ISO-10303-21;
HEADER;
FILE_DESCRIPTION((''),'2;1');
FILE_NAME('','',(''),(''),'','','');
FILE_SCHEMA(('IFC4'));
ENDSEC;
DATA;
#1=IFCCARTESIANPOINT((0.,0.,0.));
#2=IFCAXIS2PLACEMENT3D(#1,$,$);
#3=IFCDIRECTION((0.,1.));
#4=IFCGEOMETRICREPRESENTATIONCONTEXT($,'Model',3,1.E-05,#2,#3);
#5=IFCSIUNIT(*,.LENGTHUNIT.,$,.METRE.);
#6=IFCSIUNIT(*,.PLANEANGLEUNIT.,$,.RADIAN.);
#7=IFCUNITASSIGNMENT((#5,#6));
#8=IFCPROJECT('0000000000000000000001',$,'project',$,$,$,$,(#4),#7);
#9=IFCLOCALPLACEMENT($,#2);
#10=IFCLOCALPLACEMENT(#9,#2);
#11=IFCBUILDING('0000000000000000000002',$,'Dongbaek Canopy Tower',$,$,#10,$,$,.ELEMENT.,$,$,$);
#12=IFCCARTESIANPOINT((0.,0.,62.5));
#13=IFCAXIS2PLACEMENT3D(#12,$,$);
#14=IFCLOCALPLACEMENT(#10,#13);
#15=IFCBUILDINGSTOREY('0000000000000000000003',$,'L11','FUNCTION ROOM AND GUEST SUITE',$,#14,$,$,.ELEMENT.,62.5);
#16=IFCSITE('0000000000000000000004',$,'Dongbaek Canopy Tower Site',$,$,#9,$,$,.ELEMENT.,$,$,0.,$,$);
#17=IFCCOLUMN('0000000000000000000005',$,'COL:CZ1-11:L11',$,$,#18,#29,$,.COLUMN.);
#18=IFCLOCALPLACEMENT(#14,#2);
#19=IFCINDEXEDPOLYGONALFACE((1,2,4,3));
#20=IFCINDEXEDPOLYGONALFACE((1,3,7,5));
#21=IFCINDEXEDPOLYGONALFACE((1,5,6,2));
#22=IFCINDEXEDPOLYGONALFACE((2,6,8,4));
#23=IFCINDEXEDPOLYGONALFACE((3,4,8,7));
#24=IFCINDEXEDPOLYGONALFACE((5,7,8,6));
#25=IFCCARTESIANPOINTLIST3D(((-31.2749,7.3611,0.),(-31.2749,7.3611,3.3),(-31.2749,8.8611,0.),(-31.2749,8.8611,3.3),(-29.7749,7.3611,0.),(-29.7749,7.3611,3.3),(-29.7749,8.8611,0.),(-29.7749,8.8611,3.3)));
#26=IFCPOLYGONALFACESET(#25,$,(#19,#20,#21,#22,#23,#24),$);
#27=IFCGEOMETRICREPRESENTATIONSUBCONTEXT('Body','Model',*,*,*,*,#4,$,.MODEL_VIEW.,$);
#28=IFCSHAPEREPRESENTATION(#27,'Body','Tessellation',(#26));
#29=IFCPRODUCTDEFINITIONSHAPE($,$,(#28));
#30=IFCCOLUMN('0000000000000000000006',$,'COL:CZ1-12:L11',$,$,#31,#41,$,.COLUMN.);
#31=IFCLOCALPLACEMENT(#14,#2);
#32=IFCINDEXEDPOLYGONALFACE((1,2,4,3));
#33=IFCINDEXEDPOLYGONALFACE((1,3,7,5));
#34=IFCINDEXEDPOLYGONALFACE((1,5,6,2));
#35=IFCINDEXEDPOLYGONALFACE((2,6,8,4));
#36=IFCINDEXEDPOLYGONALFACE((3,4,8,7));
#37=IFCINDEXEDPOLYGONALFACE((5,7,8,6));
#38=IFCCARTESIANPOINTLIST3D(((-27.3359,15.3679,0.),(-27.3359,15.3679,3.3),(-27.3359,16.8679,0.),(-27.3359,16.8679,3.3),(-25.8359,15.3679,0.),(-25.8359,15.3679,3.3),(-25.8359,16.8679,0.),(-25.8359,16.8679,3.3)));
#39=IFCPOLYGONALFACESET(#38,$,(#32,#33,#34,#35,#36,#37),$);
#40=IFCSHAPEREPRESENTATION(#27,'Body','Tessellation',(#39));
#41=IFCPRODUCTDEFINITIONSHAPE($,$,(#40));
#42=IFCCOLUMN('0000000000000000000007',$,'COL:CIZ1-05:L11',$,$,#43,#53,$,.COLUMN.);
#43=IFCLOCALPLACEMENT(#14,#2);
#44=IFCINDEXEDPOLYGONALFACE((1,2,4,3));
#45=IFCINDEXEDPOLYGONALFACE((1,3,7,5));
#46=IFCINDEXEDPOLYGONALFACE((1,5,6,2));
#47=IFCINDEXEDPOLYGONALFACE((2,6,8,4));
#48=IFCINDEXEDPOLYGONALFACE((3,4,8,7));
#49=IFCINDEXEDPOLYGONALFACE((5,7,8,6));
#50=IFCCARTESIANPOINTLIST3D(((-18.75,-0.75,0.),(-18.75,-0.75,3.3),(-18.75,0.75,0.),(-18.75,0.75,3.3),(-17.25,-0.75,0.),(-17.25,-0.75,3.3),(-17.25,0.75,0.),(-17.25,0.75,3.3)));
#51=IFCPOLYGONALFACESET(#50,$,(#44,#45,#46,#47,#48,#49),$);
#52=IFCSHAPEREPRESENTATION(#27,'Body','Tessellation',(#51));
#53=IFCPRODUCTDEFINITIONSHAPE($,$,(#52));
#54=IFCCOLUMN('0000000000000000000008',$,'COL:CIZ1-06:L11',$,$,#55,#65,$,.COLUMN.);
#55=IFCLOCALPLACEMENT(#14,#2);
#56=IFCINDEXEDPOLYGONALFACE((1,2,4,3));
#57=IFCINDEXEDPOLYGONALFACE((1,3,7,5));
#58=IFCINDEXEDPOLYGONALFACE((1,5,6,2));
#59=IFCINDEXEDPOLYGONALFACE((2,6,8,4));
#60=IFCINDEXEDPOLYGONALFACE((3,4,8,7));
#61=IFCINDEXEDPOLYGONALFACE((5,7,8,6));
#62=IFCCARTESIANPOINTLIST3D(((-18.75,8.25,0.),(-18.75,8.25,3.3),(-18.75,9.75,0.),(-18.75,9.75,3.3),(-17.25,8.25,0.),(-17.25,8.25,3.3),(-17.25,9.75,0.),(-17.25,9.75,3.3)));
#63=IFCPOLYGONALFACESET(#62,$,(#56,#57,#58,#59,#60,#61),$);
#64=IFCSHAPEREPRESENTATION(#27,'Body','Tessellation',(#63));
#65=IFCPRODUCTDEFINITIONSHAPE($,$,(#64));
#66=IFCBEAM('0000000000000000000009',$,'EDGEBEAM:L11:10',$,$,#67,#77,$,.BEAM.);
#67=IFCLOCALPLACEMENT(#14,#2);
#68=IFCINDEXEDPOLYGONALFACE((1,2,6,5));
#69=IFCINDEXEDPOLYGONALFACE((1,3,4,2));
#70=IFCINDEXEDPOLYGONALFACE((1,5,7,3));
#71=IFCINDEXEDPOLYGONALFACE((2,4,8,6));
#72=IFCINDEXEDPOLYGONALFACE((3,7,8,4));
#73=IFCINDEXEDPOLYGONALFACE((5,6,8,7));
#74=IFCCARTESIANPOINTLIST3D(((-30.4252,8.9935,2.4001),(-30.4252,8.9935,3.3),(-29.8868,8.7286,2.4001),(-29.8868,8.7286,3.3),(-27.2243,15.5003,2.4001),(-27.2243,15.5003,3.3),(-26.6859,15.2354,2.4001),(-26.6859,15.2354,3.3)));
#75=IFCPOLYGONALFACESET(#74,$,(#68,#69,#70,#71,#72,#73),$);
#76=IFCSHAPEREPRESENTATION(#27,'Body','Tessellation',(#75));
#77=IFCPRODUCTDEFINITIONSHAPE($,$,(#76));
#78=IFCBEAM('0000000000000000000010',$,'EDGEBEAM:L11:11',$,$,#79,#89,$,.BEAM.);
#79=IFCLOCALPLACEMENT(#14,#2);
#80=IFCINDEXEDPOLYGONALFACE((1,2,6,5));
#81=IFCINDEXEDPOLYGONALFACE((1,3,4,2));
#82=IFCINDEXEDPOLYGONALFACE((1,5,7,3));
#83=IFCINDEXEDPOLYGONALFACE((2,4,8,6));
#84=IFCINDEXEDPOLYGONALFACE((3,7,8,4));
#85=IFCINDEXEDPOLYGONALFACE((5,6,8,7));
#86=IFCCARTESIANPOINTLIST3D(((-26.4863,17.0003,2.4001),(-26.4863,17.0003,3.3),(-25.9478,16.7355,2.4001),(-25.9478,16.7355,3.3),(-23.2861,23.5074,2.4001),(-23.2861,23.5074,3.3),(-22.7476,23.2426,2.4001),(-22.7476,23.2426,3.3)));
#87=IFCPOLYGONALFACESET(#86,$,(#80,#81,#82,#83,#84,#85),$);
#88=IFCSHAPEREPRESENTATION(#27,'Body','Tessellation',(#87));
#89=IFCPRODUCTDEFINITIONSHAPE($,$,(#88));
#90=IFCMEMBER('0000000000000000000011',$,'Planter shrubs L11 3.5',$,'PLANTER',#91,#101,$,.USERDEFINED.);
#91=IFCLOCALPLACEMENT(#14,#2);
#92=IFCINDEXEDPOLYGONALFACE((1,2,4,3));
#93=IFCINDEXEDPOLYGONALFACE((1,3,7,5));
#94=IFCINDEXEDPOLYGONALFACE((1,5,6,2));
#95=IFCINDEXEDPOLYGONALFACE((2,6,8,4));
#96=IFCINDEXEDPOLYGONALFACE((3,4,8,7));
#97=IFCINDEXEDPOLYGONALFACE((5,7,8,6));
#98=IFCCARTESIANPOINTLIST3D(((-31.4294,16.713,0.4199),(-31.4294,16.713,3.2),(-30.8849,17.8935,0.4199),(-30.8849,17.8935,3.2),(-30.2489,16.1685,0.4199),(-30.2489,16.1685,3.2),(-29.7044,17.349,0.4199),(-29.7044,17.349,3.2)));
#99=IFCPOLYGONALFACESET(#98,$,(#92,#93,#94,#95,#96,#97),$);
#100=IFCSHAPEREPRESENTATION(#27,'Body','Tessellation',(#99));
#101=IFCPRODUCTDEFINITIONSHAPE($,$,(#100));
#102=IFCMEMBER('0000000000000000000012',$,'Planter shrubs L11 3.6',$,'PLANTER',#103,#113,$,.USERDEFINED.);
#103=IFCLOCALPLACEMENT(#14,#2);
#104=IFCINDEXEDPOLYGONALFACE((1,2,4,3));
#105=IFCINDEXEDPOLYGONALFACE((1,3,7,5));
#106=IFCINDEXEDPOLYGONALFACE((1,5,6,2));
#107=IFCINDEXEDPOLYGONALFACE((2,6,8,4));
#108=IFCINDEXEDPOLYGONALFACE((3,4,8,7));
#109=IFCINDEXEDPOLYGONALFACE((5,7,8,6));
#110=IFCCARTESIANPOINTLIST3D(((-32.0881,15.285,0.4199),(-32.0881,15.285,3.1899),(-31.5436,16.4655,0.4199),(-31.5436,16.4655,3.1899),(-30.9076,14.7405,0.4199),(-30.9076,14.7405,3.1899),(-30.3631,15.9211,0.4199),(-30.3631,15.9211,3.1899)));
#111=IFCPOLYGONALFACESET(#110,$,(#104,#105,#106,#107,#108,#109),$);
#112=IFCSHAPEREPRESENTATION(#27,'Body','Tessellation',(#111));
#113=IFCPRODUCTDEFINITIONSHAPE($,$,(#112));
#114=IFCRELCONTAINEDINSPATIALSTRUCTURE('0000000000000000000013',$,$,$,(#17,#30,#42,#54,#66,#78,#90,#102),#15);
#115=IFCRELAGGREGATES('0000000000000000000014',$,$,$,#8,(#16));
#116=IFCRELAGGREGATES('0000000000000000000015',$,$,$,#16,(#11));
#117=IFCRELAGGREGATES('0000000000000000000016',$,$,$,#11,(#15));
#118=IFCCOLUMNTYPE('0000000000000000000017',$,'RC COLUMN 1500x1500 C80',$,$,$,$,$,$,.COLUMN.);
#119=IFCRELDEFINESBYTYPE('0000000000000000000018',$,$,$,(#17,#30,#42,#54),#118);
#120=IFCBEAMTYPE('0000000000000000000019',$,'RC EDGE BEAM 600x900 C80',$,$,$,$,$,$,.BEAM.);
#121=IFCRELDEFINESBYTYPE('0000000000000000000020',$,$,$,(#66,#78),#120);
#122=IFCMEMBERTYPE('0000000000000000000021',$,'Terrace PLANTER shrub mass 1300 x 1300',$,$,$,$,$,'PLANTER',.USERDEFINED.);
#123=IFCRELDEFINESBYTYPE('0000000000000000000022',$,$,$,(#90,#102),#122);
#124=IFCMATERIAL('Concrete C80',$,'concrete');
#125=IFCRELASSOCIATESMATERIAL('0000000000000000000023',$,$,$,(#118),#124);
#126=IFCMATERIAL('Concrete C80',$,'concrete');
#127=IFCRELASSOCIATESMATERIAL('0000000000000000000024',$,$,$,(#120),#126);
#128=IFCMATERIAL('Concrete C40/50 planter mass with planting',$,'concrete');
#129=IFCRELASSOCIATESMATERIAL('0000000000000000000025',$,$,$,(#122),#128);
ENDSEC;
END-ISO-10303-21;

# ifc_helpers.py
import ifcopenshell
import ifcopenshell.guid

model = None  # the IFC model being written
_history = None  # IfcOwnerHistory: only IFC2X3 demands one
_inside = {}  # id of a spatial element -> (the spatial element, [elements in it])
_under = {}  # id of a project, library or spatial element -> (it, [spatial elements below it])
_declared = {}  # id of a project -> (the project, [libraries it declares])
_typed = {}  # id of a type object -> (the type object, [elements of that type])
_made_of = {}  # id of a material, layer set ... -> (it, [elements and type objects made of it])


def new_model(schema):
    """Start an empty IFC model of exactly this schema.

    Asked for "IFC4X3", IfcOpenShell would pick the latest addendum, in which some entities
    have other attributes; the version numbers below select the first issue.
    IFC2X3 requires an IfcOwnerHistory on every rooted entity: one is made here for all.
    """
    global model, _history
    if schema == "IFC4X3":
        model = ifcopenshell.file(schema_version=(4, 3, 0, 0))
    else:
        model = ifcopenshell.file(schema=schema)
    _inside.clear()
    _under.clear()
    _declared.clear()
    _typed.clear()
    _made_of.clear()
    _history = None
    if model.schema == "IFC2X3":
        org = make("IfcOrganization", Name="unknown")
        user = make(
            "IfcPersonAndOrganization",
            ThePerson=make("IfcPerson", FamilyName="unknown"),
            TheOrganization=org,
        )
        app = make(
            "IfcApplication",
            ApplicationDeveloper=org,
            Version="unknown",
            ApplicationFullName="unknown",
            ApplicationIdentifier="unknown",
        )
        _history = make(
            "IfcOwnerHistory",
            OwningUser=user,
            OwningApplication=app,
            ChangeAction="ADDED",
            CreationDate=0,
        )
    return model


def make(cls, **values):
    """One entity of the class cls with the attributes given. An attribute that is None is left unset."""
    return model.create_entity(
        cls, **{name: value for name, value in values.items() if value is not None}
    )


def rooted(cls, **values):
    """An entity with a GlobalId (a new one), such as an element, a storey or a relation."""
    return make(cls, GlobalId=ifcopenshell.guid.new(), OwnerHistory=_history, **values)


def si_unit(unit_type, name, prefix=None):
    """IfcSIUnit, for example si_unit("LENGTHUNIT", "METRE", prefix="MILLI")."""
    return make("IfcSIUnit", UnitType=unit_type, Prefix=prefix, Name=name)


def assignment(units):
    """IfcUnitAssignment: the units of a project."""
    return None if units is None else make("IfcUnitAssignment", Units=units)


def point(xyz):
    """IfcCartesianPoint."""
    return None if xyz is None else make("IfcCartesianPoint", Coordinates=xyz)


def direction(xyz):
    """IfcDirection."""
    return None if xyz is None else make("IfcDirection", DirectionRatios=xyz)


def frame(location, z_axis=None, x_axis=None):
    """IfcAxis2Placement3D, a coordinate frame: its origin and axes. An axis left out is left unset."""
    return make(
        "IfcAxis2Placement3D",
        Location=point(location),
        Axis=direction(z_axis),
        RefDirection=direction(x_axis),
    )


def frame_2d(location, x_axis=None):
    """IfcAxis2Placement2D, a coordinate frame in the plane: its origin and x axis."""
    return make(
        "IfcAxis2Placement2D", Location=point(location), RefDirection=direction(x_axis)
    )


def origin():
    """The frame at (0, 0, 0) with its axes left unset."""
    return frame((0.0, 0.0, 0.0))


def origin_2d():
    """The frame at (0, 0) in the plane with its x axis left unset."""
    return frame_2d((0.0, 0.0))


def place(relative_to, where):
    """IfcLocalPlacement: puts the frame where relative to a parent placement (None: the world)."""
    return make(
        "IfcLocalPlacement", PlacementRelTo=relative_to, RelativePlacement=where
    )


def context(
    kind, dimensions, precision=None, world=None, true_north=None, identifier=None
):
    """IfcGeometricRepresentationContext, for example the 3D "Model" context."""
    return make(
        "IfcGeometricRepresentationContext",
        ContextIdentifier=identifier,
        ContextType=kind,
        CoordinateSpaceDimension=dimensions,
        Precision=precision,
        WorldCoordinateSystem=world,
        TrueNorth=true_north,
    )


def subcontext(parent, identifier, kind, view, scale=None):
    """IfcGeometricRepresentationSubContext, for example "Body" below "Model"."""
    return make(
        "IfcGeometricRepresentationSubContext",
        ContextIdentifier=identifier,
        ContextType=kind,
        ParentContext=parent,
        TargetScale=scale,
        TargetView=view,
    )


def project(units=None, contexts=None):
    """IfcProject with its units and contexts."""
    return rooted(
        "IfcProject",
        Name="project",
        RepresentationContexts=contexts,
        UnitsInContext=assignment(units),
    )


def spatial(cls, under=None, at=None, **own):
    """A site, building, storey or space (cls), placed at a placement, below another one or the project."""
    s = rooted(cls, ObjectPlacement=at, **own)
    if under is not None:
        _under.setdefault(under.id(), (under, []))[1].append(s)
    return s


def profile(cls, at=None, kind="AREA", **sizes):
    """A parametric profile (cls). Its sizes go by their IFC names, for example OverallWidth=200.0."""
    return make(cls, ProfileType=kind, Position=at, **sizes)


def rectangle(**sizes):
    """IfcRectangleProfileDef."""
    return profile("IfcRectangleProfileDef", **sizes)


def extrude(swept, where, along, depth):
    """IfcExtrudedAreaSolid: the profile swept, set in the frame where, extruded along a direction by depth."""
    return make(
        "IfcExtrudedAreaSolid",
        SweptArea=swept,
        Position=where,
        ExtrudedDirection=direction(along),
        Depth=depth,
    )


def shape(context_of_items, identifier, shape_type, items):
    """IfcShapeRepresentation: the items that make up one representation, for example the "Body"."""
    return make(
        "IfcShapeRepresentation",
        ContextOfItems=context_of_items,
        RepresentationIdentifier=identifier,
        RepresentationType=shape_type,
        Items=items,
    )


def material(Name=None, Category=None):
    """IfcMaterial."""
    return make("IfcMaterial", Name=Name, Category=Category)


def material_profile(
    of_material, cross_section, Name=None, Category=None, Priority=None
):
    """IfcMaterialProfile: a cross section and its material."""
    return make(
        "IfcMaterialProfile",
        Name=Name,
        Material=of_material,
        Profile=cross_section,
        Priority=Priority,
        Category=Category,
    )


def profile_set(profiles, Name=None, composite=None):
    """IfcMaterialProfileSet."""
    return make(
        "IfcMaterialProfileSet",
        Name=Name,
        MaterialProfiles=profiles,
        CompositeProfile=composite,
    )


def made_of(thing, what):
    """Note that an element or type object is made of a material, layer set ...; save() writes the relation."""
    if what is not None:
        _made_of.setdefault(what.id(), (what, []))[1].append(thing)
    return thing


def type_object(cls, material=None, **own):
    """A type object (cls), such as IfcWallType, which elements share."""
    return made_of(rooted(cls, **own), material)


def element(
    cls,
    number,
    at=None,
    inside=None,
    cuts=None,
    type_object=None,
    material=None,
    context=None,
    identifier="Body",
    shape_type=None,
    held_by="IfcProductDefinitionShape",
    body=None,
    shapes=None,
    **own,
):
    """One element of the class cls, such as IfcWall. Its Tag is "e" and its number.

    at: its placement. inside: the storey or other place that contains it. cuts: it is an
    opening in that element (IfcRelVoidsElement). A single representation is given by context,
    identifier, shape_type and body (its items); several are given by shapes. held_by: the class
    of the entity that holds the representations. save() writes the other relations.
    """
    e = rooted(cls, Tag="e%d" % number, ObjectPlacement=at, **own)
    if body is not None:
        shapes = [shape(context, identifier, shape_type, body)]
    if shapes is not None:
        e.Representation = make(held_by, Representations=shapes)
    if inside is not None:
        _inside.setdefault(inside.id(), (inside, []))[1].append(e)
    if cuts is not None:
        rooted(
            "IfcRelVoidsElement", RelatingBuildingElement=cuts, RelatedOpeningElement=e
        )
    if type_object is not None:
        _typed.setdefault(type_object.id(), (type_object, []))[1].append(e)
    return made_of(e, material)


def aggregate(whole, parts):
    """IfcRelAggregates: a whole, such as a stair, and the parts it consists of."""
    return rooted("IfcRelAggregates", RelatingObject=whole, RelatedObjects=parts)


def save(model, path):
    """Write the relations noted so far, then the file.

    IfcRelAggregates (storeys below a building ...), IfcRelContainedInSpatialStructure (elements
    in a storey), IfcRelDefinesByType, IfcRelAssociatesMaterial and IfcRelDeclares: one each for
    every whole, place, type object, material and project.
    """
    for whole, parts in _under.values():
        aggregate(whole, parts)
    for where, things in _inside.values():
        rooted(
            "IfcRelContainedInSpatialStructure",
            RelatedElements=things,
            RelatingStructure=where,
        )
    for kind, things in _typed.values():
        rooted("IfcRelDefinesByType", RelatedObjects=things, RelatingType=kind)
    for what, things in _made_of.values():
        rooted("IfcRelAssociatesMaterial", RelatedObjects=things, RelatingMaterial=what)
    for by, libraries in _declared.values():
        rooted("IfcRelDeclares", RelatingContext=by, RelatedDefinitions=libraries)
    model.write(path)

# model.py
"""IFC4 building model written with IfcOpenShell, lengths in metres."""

from ifc_helpers import new_model, si_unit, direction, frame, origin, origin_2d, place, context, subcontext, project, spatial, rectangle, extrude, material, material_profile, profile_set, type_object, element, save


model = new_model("IFC4")

# Units and contexts
model_context = context("Model", 3, precision=1e-05, world=origin(), true_north=direction((0.0, 1.0)))
body_context = subcontext(model_context, "Body", "Model", "MODEL_VIEW")
ifc_project = project(units=[si_unit("LENGTHUNIT", "METRE"), si_unit("PLANEANGLEUNIT", "RADIAN")], contexts=[model_context])

# Site, building, storey
site_placement = place(None, origin())
site = spatial("IfcSite", under=ifc_project, at=site_placement, Name="Dongbaek Canopy Tower Site", CompositionType="ELEMENT", RefElevation=0.0)
building_placement = place(site_placement, origin())
building = spatial("IfcBuilding", under=site, at=building_placement, Name="Dongbaek Canopy Tower", CompositionType="ELEMENT")
storey_placement = place(building_placement, frame((0.0, 0.0, 62.5)))
storey = spatial("IfcBuildingStorey", under=building, at=storey_placement, Name="L11", Description="FUNCTION ROOM AND GUEST SUITE", CompositionType="ELEMENT", Elevation=62.5)

# Columns
ifc_material_1 = material(Name="Concrete C80", Category="concrete")
ifc_material_profile_1 = material_profile(ifc_material_1, rectangle(XDim=1.5, YDim=1.5, at=origin_2d()), Name="RC COLUMN 1500x1500 C80")
ifc_profile_set_1 = profile_set([ifc_material_profile_1], Name="Concrete C80")
column_type = type_object("IfcColumnType", Name="RC COLUMN 1500x1500 C80", PredefinedType="COLUMN", material=ifc_profile_set_1)
for number, where, z_axis, x_axis, name in (
    (1, (-30.5249, 8.1111, 0.0), (0.0, 0.0, 1.0), (1.0, 0.0, 0.0), "COL:CZ1-11:L11"),
    (2, (-26.5859, 16.1179, 0.0), (0.0, 0.0, 1.0), (1.0, 0.0, 0.0), "COL:CZ1-12:L11"),
    (3, (-18.0, 0.0, 0.0), (0.0, 0.0, 1.0), (1.0, 0.0, 0.0), "COL:CIZ1-05:L11"),
    (4, (-18.0, 9.0, 0.0), (0.0, 0.0, 1.0), (1.0, 0.0, 0.0), "COL:CIZ1-06:L11"),
):
    element("IfcColumn", number, at=place(storey_placement, frame(where, z_axis=z_axis, x_axis=x_axis)), inside=storey, type_object=column_type, Name=name, PredefinedType="COLUMN", context=body_context, shape_type="SweptSolid", body=[
        extrude(rectangle(XDim=1.5, YDim=1.5, at=origin_2d()), origin(), (0.0, 0.0, 1.0), 3.3),
    ])

# Beams
ifc_material_2 = material(Name="Concrete C80", Category="concrete")
ifc_material_profile_2 = material_profile(ifc_material_2, rectangle(XDim=0.6001, YDim=0.8999, at=origin_2d()), Name="RC EDGE BEAM 600x900 C80")
ifc_profile_set_2 = profile_set([ifc_material_profile_2], Name="Concrete C80")
beam_type = type_object("IfcBeamType", Name="RC EDGE BEAM 600x900 C80", PredefinedType="BEAM", material=ifc_profile_set_2)
for number, where, z_axis, x_axis, name in (
    (5, (-30.156, 8.8611, 2.8501), (0.441413, 0.897304, 0.0), (-0.897304, 0.441413, 0.0), "EDGEBEAM:L11:10"),
    (6, (-26.217, 16.8679, 2.8501), (0.441319, 0.89735, 0.0), (-0.89735, 0.441319, 0.0), "EDGEBEAM:L11:11"),
):
    element("IfcBeam", number, at=place(storey_placement, frame(where, z_axis=z_axis, x_axis=x_axis)), inside=storey, type_object=beam_type, Name=name, PredefinedType="BEAM", context=body_context, shape_type="SweptSolid", body=[
        extrude(rectangle(XDim=0.6001, YDim=0.8999, at=origin_2d()), origin(), (0.0, 0.0, 1.0), 7.2515),
    ])

# Members
ifc_material_3 = material(Name="Concrete C40/50 planter mass with planting", Category="concrete")
ifc_material_profile_3 = material_profile(ifc_material_3, rectangle(XDim=1.3, YDim=1.3, at=origin_2d()), Name="Terrace PLANTER shrub mass 1300 x 1300")
ifc_profile_set_3 = profile_set([ifc_material_profile_3], Name="Concrete C40/50 planter mass with planting")
member_type = type_object("IfcMemberType", Name="Terrace PLANTER shrub mass 1300 x 1300", ElementType="PLANTER", PredefinedType="USERDEFINED", material=ifc_profile_set_3)
member_1_placement = place(storey_placement, frame((-30.5669, 17.031, 0.4199), z_axis=(0.0, 0.0, 1.0), x_axis=(-0.908073, 0.418811, 0.0)))
element("IfcMember", 7, at=member_1_placement, inside=storey, type_object=member_type, Name="Planter shrubs L11 3.5", ObjectType="PLANTER", PredefinedType="USERDEFINED", context=body_context, shape_type="SweptSolid", body=[
    extrude(rectangle(XDim=1.3, YDim=1.3, at=origin_2d()), origin(), (0.0, 0.0, 1.0), 2.78),
])
member_2_placement = place(storey_placement, frame((-31.2256, 15.603, 0.4199), z_axis=(0.0, 0.0, 1.0), x_axis=(-0.908073, 0.418811, 0.0)))
element("IfcMember", 8, at=member_2_placement, inside=storey, type_object=member_type, Name="Planter shrubs L11 3.6", ObjectType="PLANTER", PredefinedType="USERDEFINED", context=body_context, shape_type="SweptSolid", body=[
    extrude(rectangle(XDim=1.3, YDim=1.3, at=origin_2d()), origin(), (0.0, 0.0, 1.0), 2.77),
])

save(model, "model.ifc")
